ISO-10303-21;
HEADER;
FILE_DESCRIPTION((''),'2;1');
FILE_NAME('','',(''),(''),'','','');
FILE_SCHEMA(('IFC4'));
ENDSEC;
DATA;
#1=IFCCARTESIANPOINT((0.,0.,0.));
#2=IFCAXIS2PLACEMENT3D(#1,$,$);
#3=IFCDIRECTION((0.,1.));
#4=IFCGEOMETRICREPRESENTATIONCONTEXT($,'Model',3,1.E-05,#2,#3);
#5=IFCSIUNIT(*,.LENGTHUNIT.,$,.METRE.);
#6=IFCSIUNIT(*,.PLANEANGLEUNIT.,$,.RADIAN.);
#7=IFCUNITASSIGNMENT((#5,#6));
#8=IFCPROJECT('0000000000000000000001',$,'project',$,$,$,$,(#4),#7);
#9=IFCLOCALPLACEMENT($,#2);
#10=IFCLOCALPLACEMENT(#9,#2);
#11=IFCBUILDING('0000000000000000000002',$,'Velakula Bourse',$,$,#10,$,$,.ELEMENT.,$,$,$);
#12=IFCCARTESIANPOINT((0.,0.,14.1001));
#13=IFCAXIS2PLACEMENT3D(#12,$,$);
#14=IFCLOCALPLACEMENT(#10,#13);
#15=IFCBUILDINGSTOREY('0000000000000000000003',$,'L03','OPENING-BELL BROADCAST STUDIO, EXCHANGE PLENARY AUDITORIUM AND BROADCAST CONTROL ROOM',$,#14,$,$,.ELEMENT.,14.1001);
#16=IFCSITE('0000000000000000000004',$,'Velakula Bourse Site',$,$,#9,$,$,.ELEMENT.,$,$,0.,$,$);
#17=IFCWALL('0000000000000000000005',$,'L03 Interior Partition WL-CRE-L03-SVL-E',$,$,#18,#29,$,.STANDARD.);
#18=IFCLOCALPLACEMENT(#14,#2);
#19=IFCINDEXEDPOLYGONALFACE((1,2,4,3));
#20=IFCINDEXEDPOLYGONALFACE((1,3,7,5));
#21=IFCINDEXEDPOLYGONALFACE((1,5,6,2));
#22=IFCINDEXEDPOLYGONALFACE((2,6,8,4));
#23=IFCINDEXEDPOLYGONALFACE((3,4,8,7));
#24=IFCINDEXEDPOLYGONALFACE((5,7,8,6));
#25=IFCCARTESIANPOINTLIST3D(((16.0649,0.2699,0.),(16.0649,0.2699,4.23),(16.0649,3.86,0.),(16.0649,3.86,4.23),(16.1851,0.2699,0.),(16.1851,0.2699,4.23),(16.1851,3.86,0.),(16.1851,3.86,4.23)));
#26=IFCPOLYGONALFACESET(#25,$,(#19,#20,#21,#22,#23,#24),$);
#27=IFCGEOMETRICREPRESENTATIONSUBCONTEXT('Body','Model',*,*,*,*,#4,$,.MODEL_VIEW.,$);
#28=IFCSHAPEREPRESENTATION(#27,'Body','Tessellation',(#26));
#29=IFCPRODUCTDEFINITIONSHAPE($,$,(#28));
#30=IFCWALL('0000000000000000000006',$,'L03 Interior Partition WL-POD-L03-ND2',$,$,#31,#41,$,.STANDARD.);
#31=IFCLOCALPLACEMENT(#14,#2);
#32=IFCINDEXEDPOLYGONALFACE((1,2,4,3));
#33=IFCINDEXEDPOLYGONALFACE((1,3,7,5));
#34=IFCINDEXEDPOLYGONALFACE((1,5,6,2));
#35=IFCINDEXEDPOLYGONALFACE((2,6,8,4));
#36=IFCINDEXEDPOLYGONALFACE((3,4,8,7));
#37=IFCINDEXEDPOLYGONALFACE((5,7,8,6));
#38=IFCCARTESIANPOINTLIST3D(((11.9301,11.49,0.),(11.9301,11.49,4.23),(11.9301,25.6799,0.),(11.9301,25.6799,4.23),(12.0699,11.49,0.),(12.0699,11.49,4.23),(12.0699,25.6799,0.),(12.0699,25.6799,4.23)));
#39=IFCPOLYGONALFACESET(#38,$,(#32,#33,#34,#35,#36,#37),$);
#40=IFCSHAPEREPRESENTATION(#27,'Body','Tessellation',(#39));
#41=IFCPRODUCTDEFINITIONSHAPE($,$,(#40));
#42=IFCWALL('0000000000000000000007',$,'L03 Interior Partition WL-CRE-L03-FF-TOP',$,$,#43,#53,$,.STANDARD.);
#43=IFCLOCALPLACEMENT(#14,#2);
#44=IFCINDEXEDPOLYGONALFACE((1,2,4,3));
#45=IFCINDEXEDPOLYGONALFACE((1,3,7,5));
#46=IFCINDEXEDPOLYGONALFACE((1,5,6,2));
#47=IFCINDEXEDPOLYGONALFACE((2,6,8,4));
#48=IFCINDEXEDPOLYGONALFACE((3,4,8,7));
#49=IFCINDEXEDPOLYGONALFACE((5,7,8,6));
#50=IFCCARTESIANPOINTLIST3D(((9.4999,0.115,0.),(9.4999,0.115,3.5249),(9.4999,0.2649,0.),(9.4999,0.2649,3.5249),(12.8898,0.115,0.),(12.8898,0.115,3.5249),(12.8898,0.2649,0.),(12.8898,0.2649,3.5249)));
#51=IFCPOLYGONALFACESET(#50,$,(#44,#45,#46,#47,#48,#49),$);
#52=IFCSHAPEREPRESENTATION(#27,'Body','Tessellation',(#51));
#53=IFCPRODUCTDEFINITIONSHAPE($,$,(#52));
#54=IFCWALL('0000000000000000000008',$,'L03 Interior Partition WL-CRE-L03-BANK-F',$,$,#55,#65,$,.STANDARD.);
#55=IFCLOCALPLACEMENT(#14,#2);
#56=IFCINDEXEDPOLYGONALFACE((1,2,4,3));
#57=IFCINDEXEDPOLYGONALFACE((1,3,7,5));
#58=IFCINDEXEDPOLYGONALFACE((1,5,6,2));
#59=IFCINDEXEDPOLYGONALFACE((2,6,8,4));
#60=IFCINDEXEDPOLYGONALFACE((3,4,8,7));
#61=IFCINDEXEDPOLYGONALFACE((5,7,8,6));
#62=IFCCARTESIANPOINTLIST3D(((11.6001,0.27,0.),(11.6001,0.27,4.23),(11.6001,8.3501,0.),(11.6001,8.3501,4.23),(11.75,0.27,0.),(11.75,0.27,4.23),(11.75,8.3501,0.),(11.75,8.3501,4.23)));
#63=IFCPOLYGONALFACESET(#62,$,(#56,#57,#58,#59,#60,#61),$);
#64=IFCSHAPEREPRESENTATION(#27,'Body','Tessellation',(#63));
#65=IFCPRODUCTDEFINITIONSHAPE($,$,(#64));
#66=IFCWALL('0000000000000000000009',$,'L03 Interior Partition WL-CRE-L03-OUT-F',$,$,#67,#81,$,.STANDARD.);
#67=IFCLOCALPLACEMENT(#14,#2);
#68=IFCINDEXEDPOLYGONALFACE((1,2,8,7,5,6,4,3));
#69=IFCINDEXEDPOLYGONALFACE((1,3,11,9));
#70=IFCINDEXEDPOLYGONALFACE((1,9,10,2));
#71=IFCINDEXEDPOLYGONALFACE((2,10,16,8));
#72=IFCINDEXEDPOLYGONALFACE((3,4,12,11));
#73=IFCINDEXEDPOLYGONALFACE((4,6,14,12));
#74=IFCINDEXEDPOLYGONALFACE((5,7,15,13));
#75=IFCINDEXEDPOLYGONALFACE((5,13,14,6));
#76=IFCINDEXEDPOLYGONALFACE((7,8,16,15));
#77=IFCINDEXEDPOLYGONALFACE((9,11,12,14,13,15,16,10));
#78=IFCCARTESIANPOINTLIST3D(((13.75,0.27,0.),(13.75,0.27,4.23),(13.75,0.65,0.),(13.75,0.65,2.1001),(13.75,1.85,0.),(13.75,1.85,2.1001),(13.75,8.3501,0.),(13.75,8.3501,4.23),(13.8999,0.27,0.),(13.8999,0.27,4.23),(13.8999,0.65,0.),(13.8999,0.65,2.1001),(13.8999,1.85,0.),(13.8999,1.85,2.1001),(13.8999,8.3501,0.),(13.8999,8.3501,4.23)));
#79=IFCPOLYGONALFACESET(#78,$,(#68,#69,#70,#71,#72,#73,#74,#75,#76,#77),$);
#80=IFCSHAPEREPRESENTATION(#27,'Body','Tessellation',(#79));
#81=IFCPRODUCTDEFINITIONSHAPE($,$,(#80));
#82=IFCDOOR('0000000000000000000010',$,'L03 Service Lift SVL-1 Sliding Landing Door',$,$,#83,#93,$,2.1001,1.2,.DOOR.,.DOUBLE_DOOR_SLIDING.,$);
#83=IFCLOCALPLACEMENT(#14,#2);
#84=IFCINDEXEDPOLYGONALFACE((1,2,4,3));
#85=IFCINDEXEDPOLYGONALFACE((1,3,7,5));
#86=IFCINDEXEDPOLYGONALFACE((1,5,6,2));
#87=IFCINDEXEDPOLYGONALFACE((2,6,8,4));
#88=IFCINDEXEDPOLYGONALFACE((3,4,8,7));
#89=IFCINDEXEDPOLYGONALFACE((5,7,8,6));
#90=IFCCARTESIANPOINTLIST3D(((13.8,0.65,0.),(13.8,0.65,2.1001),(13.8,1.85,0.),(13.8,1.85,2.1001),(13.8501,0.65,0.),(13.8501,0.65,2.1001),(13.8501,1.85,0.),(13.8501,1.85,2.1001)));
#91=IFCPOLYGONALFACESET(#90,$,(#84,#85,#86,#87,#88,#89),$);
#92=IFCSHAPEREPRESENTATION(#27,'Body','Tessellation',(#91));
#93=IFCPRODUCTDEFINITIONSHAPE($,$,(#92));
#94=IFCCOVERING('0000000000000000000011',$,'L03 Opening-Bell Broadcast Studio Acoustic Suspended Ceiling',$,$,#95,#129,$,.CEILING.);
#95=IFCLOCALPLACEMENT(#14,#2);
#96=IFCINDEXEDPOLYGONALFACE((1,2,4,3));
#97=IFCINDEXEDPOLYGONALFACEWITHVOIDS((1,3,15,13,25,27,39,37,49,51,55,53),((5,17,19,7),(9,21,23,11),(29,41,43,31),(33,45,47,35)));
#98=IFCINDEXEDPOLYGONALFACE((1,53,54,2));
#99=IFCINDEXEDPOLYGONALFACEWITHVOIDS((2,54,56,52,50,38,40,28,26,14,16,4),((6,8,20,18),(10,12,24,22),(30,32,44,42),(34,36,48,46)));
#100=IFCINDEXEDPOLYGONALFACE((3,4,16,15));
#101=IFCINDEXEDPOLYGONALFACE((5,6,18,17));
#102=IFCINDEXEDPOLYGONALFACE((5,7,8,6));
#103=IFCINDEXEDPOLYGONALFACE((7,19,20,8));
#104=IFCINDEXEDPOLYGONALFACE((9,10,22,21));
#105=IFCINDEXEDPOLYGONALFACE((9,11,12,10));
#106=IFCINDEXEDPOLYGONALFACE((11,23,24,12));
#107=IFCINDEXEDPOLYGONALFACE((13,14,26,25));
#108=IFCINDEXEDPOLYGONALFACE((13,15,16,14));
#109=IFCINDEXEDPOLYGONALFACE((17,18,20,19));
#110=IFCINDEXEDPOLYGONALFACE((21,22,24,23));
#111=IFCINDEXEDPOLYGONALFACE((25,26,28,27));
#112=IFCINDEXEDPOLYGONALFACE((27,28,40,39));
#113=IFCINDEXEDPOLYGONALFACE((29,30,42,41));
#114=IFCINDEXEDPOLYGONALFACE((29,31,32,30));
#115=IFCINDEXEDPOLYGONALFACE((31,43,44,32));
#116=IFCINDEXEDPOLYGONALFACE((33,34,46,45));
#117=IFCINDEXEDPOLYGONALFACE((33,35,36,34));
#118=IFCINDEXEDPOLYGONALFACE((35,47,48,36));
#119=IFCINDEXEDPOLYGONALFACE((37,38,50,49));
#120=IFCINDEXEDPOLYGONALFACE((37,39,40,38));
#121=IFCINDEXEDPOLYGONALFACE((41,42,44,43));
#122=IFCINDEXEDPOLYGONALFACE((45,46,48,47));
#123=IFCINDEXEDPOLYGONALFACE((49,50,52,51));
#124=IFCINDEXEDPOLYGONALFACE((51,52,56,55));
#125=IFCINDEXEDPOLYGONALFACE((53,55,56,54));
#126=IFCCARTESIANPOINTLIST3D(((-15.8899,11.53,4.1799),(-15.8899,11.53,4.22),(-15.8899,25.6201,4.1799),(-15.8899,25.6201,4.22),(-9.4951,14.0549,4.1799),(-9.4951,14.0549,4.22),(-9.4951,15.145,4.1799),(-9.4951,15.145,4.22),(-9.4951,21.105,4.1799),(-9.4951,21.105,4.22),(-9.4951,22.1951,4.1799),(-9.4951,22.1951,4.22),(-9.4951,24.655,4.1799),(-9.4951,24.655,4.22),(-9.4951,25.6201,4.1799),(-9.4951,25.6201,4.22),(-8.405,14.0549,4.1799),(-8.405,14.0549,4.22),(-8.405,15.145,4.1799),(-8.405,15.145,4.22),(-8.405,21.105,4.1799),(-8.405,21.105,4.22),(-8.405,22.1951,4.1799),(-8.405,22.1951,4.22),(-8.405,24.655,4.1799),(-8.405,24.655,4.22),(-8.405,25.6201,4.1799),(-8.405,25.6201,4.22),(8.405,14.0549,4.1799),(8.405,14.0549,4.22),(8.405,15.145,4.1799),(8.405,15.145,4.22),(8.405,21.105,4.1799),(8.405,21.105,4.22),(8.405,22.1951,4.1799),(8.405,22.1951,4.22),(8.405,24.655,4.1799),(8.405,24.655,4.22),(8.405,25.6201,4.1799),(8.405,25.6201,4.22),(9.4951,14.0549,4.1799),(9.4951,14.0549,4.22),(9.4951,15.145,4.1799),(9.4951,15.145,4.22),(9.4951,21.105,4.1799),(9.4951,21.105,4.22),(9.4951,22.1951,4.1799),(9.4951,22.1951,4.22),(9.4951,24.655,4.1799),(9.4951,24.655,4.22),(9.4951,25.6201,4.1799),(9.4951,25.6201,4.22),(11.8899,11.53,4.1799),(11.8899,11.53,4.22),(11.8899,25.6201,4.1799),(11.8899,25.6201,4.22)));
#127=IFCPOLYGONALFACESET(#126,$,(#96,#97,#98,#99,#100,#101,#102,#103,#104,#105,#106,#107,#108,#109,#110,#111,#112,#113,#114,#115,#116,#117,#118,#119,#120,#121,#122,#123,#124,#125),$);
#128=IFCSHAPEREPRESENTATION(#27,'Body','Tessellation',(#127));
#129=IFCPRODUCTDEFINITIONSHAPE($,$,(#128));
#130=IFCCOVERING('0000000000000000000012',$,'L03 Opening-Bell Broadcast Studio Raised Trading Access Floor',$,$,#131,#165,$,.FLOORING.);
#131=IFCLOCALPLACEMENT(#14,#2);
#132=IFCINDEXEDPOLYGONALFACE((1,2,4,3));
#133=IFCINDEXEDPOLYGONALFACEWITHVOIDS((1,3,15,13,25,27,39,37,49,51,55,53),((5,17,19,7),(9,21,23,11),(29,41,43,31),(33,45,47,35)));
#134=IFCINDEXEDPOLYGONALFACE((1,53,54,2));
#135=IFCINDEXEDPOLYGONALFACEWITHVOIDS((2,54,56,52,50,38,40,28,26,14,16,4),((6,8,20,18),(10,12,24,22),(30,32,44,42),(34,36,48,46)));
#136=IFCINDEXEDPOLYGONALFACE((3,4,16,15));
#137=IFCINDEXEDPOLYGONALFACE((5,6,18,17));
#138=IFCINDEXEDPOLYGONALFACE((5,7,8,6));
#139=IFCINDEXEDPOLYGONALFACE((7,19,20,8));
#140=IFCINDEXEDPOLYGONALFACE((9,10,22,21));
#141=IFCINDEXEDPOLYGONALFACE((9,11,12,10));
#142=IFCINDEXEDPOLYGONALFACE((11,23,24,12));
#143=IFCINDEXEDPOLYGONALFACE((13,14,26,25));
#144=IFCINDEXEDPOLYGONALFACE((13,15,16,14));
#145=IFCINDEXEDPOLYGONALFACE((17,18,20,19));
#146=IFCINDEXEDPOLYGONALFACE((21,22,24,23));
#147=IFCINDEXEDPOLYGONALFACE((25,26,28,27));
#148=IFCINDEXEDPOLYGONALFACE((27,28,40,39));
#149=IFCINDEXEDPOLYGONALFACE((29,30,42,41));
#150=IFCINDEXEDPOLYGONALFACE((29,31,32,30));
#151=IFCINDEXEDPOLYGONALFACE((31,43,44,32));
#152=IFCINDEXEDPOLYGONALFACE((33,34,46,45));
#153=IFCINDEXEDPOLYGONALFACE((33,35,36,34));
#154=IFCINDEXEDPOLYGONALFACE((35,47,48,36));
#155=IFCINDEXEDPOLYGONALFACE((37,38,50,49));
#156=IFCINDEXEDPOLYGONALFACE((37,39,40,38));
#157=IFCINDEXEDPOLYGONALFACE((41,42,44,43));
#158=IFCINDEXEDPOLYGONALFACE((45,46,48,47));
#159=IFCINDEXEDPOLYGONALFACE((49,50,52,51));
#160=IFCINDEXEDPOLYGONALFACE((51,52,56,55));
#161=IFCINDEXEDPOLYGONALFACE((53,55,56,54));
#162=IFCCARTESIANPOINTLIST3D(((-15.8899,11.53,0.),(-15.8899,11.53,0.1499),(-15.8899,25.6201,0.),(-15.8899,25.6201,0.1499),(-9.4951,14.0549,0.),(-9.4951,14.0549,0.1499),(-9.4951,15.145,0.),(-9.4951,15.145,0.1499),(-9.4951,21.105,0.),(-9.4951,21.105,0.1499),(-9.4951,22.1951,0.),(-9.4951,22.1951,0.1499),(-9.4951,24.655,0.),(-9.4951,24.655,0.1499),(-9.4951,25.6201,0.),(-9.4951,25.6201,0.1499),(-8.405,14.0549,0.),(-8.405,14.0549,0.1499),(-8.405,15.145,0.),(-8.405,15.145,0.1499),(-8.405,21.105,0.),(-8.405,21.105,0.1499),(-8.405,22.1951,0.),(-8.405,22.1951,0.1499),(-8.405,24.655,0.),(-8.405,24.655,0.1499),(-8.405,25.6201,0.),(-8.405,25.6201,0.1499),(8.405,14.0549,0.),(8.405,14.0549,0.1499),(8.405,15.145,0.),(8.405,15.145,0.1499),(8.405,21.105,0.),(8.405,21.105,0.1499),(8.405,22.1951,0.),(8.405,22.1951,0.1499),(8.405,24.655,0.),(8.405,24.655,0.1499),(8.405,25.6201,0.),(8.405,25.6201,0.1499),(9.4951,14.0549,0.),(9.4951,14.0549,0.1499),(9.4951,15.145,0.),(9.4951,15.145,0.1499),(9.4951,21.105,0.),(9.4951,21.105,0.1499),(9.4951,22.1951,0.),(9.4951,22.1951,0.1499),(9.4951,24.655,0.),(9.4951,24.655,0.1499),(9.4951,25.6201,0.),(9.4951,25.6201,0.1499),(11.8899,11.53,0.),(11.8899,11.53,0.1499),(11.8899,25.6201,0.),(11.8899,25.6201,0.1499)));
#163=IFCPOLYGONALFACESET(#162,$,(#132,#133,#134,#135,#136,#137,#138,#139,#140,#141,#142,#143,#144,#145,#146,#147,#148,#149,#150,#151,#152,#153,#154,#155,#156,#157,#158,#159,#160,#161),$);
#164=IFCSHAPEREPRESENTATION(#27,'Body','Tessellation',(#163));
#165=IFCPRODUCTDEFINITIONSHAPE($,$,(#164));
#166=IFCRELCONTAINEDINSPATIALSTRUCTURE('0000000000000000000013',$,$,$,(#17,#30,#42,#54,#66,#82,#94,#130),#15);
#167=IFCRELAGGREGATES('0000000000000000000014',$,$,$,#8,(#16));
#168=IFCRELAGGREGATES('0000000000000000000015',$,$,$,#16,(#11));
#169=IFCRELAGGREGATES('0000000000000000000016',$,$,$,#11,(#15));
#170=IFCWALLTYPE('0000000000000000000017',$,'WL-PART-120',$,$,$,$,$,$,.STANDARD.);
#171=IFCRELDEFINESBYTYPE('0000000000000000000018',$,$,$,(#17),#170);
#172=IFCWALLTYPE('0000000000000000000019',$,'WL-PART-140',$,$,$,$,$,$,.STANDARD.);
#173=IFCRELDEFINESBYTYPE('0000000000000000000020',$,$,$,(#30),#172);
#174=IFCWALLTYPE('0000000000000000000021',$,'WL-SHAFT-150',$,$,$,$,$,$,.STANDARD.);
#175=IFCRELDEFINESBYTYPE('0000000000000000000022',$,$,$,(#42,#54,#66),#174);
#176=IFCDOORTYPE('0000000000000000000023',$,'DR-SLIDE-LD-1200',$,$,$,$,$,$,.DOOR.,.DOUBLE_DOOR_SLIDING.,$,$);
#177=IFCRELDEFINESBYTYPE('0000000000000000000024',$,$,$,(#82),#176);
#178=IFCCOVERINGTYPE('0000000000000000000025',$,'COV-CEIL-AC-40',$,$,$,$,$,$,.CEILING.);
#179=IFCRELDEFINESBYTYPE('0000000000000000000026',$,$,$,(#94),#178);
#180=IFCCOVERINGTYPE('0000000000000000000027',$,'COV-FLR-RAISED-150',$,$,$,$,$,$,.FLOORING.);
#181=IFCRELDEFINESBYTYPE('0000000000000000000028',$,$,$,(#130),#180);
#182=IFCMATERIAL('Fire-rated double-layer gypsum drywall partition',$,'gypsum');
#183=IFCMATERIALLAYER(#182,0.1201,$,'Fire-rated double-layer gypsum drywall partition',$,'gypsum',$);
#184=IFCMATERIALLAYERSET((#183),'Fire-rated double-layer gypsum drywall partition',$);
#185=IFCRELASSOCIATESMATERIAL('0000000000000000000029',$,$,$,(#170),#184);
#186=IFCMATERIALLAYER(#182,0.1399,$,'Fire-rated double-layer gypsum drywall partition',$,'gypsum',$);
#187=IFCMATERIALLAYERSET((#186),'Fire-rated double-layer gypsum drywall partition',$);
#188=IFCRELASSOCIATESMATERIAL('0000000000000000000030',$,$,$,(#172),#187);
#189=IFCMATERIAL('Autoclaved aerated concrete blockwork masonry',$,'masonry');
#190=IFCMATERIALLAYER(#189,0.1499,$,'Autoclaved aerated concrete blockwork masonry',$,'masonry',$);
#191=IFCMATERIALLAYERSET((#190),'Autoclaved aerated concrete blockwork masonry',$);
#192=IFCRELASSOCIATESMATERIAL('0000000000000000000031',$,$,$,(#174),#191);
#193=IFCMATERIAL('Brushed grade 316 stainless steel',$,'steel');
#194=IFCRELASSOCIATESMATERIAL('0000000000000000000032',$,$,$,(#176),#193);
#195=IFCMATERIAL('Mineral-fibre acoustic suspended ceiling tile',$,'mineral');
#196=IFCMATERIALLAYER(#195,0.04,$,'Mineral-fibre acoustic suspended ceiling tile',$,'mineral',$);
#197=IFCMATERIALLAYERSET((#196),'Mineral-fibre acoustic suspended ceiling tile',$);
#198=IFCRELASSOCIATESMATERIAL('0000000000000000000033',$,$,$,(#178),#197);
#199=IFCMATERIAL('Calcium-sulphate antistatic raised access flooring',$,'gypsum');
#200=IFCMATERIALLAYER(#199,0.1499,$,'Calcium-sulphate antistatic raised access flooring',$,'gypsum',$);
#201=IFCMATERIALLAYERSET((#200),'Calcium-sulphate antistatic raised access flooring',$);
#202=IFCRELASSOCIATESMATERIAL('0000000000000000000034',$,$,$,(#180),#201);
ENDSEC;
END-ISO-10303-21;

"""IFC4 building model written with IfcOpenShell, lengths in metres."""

from ifc_helpers import new_model, si_unit, direction, frame, frame_2d, origin, place, context, subcontext, project, spatial, polyline, rectangle, outline, extrude, material, layer, layer_set, type_object, element, fill, save


model = new_model("IFC4")

# Units and contexts
model_context = context("Model", 3, precision=1e-05, world=origin(), true_north=direction((0.0, 1.0)))
body_context = subcontext(model_context, "Body", "Model", "MODEL_VIEW")
ifc_project = project(units=[si_unit("LENGTHUNIT", "METRE"), si_unit("PLANEANGLEUNIT", "RADIAN")], contexts=[model_context])

# Site, building, storey
site_placement = place(None, origin())
site = spatial("IfcSite", under=ifc_project, at=site_placement, Name="Velakula Bourse Site", CompositionType="ELEMENT", RefElevation=0.0)
building_placement = place(site_placement, origin())
building = spatial("IfcBuilding", under=site, at=building_placement, Name="Velakula Bourse", CompositionType="ELEMENT")
storey_placement = place(building_placement, frame((0.0, 0.0, 14.1001)))
storey = spatial("IfcBuildingStorey", under=building, at=storey_placement, Name="L03", Description="OPENING-BELL BROADCAST STUDIO, EXCHANGE PLENARY AUDITORIUM AND BROADCAST CONTROL ROOM", CompositionType="ELEMENT", Elevation=14.1001)

# Walls
ifc_material_1 = material(Name="Fire-rated double-layer gypsum drywall partition", Category="gypsum")
ifc_layer_1 = layer(ifc_material_1, 0.1201, Name="Fire-rated double-layer gypsum drywall partition", Category="gypsum")
ifc_layer_set_1 = layer_set([ifc_layer_1], Name="Fire-rated double-layer gypsum drywall partition")
wall_type_1 = type_object("IfcWallType", Name="WL-PART-120", PredefinedType="STANDARD", material=ifc_layer_set_1)
wall_1_placement = place(storey_placement, frame((16.125, 0.27, 0.0), z_axis=(0.0, 0.0, 1.0), x_axis=(0.0, 1.0, 0.0)))
element("IfcWall", 1, at=wall_1_placement, inside=storey, type_object=wall_type_1, Name="L03 Interior Partition WL-CRE-L03-SVL-E", PredefinedType="STANDARD", context=body_context, shape_type="SweptSolid", body=[
    extrude(rectangle(XDim=3.5901, YDim=0.1201, at=frame_2d((1.7949, 0.0))), origin(), (0.0, 0.0, 1.0), 4.23),
])
ifc_layer_2 = layer(ifc_material_1, 0.1399, Name="Fire-rated double-layer gypsum drywall partition", Category="gypsum")
ifc_layer_set_2 = layer_set([ifc_layer_2], Name="Fire-rated double-layer gypsum drywall partition")
wall_type_2 = type_object("IfcWallType", Name="WL-PART-140", PredefinedType="STANDARD", material=ifc_layer_set_2)
wall_2_placement = place(storey_placement, frame((12.0, 11.49, 0.0), z_axis=(0.0, 0.0, 1.0), x_axis=(0.0, 1.0, 0.0)))
element("IfcWall", 2, at=wall_2_placement, inside=storey, type_object=wall_type_2, Name="L03 Interior Partition WL-POD-L03-ND2", PredefinedType="STANDARD", context=body_context, shape_type="SweptSolid", body=[
    extrude(rectangle(XDim=14.1899, YDim=0.1399, at=frame_2d((7.095, 0.0))), origin(), (0.0, 0.0, 1.0), 4.23),
])
ifc_material_2 = material(Name="Autoclaved aerated concrete blockwork masonry", Category="masonry")
ifc_layer_3 = layer(ifc_material_2, 0.1499, Name="Autoclaved aerated concrete blockwork masonry", Category="masonry")
ifc_layer_set_3 = layer_set([ifc_layer_3], Name="Autoclaved aerated concrete blockwork masonry")
wall_type_3 = type_object("IfcWallType", Name="WL-SHAFT-150", PredefinedType="STANDARD", material=ifc_layer_set_3)
wall_3_placement = place(storey_placement, frame((9.5, 0.1899, 0.0), z_axis=(0.0, 0.0, 1.0), x_axis=(1.0, 0.0, 0.0)))
element("IfcWall", 3, at=wall_3_placement, inside=storey, type_object=wall_type_3, Name="L03 Interior Partition WL-CRE-L03-FF-TOP", PredefinedType="STANDARD", context=body_context, shape_type="SweptSolid", body=[
    extrude(rectangle(XDim=3.3899, YDim=0.1499, at=frame_2d((1.6948, 0.0))), origin(), (0.0, 0.0, 1.0), 3.5249),
])
wall_4_placement = place(storey_placement, frame((11.675, 0.27, 0.0), z_axis=(0.0, 0.0, 1.0), x_axis=(0.0, 1.0, 0.0)))
element("IfcWall", 4, at=wall_4_placement, inside=storey, type_object=wall_type_3, Name="L03 Interior Partition WL-CRE-L03-BANK-F", PredefinedType="STANDARD", context=body_context, shape_type="SweptSolid", body=[
    extrude(rectangle(XDim=8.0801, YDim=0.1499, at=frame_2d((4.04, 0.0))), origin(), (0.0, 0.0, 1.0), 4.23),
])

# Wall, opening, door
wall_5_placement = place(storey_placement, frame((13.825, 0.27, 0.0), z_axis=(0.0, 0.0, 1.0), x_axis=(0.0, 1.0, 0.0)))
wall_5 = element("IfcWall", 5, at=wall_5_placement, inside=storey, type_object=wall_type_3, Name="L03 Interior Partition WL-CRE-L03-OUT-F", PredefinedType="STANDARD", context=body_context, shape_type="SweptSolid", body=[
    extrude(rectangle(XDim=8.0801, YDim=0.1499, at=frame_2d((4.04, 0.0))), origin(), (0.0, 0.0, 1.0), 4.23),
])
opening_1_placement = place(wall_5_placement, frame((0.3799, 0.0, 0.0)))
opening_1 = element("IfcOpeningElement", 6, at=opening_1_placement, cuts=wall_5, PredefinedType="OPENING", context=body_context, shape_type="SweptSolid", body=[
    extrude(rectangle(XDim=1.2, YDim=2.1001, at=frame_2d((0.6001, 1.05))), frame((0.0, 0.085, 0.0), z_axis=(0.0, -1.0, 0.0), x_axis=(1.0, 0.0, 0.0)), (0.0, 0.0, 1.0), 0.1699),
])
ifc_material_3 = material(Name="Brushed grade 316 stainless steel", Category="steel")
door_type_1 = type_object("IfcDoorType", Name="DR-SLIDE-LD-1200", OperationType="DOUBLE_DOOR_SLIDING", PredefinedType="DOOR", material=ifc_material_3)
door_1_placement = place(opening_1_placement, origin())
door_1 = element("IfcDoor", 7, at=door_1_placement, inside=storey, type_object=door_type_1, Name="L03 Service Lift SVL-1 Sliding Landing Door", OperationType="DOUBLE_DOOR_SLIDING", OverallHeight=2.1001, OverallWidth=1.2, PredefinedType="DOOR", context=body_context, shape_type="SweptSolid", body=[
    extrude(rectangle(XDim=1.2, YDim=2.1001, at=frame_2d((0.6001, 1.05))), frame((0.0, 0.0249, 0.0), z_axis=(0.0, -1.0, 0.0), x_axis=(1.0, 0.0, 0.0)), (0.0, 0.0, 1.0), 0.05),
])
fill(opening_1, door_1)

# Coverings
ifc_material_4 = material(Name="Mineral-fibre acoustic suspended ceiling tile", Category="mineral")
ifc_layer_4 = layer(ifc_material_4, 0.04, Name="Mineral-fibre acoustic suspended ceiling tile", Category="mineral")
ifc_layer_set_4 = layer_set([ifc_layer_4], Name="Mineral-fibre acoustic suspended ceiling tile")
covering_type_1 = type_object("IfcCoveringType", Name="COV-CEIL-AC-40", PredefinedType="CEILING", material=ifc_layer_set_4)
covering_1_placement = place(storey_placement, frame((0.0, 0.0, 4.1799)))
element("IfcCovering", 8, at=covering_1_placement, inside=storey, type_object=covering_type_1, Name="L03 Opening-Bell Broadcast Studio Acoustic Suspended Ceiling", PredefinedType="CEILING", context=body_context, shape_type="SweptSolid", body=[
    extrude(outline(polyline([(-15.8899, 25.6201), (-9.4951, 25.6201), (-9.4951, 24.655), (-8.405, 24.655), (-8.405, 25.6201), (8.405, 25.6201), (8.405, 24.655), (9.4951, 24.655), (9.4951, 25.6201), (11.8899, 25.6201), (11.8899, 11.53), (-15.8899, 11.53), (-15.8899, 25.6201)]), holes=[polyline([(-9.4951, 15.145), (-9.4951, 14.0549), (-8.405, 14.0549), (-8.405, 15.145), (-9.4951, 15.145)]), polyline([(-9.4951, 22.1951), (-9.4951, 21.105), (-8.405, 21.105), (-8.405, 22.1951), (-9.4951, 22.1951)]), polyline([(8.405, 15.145), (8.405, 14.0549), (9.4951, 14.0549), (9.4951, 15.145), (8.405, 15.145)]), polyline([(8.405, 22.1951), (8.405, 21.105), (9.4951, 21.105), (9.4951, 22.1951), (8.405, 22.1951)])]), origin(), (0.0, 0.0, 1.0), 0.04),
])
ifc_material_5 = material(Name="Calcium-sulphate antistatic raised access flooring", Category="gypsum")
ifc_layer_5 = layer(ifc_material_5, 0.1499, Name="Calcium-sulphate antistatic raised access flooring", Category="gypsum")
ifc_layer_set_5 = layer_set([ifc_layer_5], Name="Calcium-sulphate antistatic raised access flooring")
covering_type_2 = type_object("IfcCoveringType", Name="COV-FLR-RAISED-150", PredefinedType="FLOORING", material=ifc_layer_set_5)
covering_2_placement = place(storey_placement, origin())
element("IfcCovering", 9, at=covering_2_placement, inside=storey, type_object=covering_type_2, Name="L03 Opening-Bell Broadcast Studio Raised Trading Access Floor", PredefinedType="FLOORING", context=body_context, shape_type="SweptSolid", body=[
    extrude(outline(polyline([(-15.8899, 25.6201), (-9.4951, 25.6201), (-9.4951, 24.655), (-8.405, 24.655), (-8.405, 25.6201), (8.405, 25.6201), (8.405, 24.655), (9.4951, 24.655), (9.4951, 25.6201), (11.8899, 25.6201), (11.8899, 11.53), (-15.8899, 11.53), (-15.8899, 25.6201)]), holes=[polyline([(-9.4951, 15.145), (-9.4951, 14.0549), (-8.405, 14.0549), (-8.405, 15.145), (-9.4951, 15.145)]), polyline([(-9.4951, 22.1951), (-9.4951, 21.105), (-8.405, 21.105), (-8.405, 22.1951), (-9.4951, 22.1951)]), polyline([(8.405, 15.145), (8.405, 14.0549), (9.4951, 14.0549), (9.4951, 15.145), (8.405, 15.145)]), polyline([(8.405, 22.1951), (8.405, 21.105), (9.4951, 21.105), (9.4951, 22.1951), (8.405, 22.1951)])]), origin(), (0.0, 0.0, 1.0), 0.1499),
])

save(model, "model.ifc")
